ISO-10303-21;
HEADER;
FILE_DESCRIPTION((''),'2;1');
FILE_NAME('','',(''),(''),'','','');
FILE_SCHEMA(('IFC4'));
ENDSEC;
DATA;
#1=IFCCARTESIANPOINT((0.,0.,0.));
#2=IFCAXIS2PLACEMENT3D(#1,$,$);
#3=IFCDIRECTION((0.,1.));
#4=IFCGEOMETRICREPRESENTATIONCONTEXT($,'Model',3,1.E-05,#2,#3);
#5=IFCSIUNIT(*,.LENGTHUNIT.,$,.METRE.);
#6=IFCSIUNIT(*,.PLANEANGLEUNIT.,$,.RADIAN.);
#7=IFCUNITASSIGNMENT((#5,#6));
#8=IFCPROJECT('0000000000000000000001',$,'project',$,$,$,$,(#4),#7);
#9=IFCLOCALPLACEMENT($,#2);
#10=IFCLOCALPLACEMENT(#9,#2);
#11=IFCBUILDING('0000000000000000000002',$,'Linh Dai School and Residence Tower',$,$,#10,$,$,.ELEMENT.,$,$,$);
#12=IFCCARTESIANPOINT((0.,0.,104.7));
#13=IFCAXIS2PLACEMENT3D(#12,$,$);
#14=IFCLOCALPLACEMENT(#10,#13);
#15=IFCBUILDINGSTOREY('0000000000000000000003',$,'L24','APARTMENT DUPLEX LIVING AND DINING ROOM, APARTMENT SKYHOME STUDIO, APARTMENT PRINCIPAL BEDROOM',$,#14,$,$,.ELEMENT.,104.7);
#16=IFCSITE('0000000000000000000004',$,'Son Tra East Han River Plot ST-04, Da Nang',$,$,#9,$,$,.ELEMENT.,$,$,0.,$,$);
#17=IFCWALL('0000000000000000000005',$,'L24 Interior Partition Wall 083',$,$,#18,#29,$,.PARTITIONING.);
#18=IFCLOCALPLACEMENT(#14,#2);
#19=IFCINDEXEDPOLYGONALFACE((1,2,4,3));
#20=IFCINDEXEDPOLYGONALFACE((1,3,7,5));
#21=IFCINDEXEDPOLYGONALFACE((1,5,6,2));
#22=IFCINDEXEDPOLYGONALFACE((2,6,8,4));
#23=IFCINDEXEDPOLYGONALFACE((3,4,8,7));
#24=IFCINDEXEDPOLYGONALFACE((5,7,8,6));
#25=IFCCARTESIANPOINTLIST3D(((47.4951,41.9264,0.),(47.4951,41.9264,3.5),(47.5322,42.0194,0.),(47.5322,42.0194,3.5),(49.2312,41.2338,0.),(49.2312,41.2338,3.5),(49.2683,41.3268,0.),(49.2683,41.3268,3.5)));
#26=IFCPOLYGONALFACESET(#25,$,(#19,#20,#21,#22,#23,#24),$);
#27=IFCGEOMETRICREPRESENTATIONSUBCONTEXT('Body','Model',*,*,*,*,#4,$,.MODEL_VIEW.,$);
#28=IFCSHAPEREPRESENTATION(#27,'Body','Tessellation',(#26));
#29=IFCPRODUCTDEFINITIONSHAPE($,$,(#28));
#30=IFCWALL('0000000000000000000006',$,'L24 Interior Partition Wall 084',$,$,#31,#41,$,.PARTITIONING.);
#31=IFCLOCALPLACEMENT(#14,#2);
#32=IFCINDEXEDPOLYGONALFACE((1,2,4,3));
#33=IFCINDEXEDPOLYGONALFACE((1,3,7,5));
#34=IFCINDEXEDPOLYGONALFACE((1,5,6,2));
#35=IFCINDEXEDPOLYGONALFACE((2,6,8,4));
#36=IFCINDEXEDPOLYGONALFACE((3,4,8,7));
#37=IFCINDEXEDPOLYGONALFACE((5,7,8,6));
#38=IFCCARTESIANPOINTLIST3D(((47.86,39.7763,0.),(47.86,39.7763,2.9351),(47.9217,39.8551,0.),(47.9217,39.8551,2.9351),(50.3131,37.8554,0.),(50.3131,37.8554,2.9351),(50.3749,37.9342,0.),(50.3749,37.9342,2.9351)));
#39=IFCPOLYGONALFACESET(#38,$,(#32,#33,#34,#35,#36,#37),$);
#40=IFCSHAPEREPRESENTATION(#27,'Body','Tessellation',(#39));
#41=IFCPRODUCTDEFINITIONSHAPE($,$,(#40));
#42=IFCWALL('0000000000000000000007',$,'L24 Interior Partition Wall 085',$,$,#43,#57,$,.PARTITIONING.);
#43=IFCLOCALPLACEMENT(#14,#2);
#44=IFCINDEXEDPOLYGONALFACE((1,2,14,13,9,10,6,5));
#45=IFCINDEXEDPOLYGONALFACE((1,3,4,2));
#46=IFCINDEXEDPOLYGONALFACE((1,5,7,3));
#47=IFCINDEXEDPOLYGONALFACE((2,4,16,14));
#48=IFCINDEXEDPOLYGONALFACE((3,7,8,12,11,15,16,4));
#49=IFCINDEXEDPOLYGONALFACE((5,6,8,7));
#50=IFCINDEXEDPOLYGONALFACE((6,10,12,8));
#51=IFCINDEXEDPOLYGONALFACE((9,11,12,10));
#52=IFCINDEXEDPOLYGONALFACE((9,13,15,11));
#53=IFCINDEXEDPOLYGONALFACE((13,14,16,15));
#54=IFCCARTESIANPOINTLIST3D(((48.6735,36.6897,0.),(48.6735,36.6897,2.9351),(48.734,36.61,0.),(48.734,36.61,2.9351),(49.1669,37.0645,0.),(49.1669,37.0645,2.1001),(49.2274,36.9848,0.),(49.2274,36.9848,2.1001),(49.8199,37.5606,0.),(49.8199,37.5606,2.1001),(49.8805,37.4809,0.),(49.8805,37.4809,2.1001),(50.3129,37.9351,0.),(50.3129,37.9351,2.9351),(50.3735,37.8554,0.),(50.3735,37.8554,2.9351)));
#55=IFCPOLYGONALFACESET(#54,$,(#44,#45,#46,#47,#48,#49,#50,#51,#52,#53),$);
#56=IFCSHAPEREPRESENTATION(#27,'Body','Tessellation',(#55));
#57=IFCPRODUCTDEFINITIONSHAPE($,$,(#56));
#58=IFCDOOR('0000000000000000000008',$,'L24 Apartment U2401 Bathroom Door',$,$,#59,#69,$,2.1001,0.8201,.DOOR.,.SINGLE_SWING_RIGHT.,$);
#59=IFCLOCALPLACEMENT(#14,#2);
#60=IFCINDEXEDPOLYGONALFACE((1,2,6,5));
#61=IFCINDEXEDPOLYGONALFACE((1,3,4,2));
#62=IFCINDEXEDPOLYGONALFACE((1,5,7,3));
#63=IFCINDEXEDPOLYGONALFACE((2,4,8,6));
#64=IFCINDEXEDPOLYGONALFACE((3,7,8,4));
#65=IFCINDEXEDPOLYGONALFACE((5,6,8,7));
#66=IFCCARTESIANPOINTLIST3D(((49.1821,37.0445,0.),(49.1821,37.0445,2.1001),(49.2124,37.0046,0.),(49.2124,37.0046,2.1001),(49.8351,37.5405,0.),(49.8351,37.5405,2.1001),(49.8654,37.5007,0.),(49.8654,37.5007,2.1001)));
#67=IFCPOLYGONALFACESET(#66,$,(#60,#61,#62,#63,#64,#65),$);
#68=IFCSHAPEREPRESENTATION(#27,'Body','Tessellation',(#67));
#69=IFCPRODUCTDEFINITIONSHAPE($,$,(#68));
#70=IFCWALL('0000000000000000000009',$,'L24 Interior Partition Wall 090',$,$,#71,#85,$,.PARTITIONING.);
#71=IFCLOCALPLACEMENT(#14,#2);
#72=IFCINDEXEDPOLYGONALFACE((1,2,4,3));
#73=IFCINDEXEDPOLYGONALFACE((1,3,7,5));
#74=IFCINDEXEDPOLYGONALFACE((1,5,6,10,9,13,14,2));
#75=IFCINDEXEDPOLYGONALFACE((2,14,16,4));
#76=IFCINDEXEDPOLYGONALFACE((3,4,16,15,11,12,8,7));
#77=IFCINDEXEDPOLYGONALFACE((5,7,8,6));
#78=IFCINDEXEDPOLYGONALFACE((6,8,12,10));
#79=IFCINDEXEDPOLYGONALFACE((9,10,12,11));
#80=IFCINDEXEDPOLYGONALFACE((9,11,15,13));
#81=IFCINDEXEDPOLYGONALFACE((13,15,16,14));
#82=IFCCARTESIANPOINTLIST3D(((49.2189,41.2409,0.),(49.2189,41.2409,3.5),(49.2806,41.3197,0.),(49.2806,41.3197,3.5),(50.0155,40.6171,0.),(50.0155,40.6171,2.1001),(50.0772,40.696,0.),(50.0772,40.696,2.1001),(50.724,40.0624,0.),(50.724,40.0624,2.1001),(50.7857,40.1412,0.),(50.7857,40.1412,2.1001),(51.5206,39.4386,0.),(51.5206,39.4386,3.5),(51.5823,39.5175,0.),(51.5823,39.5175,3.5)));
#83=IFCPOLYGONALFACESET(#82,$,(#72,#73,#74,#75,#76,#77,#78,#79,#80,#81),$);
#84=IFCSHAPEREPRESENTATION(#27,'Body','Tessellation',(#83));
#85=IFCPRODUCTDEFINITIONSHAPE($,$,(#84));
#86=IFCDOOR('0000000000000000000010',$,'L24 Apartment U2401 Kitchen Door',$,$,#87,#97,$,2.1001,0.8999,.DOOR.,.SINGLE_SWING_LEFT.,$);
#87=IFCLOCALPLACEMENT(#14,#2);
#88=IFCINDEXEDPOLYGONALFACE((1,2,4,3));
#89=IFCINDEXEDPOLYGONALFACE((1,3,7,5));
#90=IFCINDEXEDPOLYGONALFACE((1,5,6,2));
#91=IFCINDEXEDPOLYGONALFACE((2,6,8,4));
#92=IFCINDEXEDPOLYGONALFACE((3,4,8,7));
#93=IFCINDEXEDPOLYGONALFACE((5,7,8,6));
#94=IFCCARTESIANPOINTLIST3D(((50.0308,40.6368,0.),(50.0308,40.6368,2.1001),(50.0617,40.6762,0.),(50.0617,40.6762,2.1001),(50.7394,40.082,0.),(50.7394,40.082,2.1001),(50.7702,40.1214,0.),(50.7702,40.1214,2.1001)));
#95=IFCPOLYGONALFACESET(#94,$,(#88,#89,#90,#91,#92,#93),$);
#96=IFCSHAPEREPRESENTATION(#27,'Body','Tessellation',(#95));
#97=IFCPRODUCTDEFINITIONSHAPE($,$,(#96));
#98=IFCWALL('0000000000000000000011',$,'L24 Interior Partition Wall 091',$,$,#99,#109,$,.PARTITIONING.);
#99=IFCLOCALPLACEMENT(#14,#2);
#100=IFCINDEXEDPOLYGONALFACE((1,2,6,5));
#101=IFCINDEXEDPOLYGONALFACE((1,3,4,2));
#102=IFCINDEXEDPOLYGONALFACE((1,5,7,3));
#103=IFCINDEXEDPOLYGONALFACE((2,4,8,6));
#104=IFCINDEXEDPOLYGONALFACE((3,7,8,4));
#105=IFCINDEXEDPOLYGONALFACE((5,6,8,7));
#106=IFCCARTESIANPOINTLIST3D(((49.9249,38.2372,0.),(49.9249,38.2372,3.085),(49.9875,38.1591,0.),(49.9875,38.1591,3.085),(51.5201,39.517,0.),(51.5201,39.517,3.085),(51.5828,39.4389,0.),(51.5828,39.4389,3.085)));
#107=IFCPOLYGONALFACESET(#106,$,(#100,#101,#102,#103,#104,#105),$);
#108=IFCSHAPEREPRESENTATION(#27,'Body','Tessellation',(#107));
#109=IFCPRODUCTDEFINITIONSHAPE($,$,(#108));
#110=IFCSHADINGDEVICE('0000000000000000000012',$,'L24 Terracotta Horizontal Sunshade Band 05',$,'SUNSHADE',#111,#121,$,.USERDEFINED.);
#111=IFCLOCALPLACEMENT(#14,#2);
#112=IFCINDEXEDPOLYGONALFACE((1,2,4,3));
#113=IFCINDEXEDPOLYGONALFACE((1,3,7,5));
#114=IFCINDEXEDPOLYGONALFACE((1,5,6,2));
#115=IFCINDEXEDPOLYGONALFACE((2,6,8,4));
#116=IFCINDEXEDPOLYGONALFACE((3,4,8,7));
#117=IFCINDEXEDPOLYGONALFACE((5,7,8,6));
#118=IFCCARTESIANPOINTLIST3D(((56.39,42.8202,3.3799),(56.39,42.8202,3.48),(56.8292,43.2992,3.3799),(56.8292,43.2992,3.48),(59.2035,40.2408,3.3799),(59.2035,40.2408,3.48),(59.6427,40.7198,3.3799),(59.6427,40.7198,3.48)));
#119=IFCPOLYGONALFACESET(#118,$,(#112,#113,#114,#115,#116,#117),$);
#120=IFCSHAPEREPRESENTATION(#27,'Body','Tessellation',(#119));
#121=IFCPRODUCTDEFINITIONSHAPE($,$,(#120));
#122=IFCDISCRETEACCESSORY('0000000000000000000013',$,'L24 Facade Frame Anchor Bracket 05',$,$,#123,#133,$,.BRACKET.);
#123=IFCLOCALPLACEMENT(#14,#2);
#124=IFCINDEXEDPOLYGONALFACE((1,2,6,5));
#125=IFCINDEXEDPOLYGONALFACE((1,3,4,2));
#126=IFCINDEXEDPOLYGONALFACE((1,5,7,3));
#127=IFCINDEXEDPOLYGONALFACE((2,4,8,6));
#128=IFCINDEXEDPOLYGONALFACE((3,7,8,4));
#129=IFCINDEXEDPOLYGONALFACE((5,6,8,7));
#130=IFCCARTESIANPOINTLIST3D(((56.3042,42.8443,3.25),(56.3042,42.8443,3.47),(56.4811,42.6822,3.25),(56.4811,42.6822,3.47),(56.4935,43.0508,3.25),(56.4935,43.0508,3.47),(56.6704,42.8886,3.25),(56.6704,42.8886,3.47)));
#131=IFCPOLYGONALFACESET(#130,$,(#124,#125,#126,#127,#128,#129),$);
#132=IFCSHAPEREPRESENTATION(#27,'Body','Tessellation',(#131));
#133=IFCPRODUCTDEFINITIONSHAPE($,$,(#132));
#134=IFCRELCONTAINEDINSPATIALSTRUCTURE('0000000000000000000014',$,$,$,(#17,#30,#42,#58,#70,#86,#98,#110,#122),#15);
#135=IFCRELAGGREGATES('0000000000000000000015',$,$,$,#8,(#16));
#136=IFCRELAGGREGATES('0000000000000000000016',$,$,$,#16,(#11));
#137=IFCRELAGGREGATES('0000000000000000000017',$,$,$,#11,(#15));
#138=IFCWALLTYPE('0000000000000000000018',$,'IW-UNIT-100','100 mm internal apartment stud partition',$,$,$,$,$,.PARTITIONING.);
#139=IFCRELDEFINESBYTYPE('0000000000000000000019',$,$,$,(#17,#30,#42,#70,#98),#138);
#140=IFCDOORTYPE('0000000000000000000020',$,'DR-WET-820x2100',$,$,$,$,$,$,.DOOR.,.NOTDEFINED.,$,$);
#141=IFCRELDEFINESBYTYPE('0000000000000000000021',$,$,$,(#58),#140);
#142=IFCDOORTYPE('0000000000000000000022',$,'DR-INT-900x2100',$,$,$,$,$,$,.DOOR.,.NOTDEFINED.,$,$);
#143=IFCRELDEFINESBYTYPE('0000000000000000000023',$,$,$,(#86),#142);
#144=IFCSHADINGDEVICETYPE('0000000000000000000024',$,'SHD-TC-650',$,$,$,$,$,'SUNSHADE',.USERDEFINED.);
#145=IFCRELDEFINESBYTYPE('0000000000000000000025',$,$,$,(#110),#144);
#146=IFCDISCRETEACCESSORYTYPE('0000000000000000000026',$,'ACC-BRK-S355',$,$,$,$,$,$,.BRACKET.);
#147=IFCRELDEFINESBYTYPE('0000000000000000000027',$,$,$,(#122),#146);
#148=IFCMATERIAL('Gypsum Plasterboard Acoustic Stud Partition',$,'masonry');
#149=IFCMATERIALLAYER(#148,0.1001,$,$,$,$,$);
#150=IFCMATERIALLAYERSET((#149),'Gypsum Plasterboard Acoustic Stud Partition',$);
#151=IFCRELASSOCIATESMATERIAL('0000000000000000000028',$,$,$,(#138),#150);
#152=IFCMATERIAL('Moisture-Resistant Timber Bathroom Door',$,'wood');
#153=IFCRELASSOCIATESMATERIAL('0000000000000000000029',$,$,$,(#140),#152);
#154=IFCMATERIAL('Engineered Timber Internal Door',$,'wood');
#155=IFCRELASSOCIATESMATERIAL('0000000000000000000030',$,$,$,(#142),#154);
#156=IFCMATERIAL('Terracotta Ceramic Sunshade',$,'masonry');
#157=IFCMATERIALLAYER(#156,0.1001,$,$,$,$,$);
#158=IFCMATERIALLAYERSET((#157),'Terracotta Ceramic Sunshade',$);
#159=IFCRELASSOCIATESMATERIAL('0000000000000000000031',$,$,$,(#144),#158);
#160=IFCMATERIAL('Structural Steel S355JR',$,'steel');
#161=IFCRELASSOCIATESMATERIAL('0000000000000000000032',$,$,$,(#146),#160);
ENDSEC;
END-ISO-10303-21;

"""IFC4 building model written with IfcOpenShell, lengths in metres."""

from ifc_helpers import new_model, si_unit, direction, frame, frame_2d, origin, origin_2d, place, context, subcontext, project, spatial, rectangle, extrude, source, transform, mapped, material, layer, layer_set, type_object, element, fill, save


model = new_model("IFC4")

# Units and contexts
model_context = context("Model", 3, precision=1e-05, world=origin(), true_north=direction((0.0, 1.0)))
body_context = subcontext(model_context, "Body", "Model", "MODEL_VIEW")
ifc_project = project(units=[si_unit("LENGTHUNIT", "METRE"), si_unit("PLANEANGLEUNIT", "RADIAN")], contexts=[model_context])

# Site, building, storey
site_placement = place(None, origin())
site = spatial("IfcSite", under=ifc_project, at=site_placement, Name="Son Tra East Han River Plot ST-04, Da Nang", CompositionType="ELEMENT", RefElevation=0.0)
building_placement = place(site_placement, origin())
building = spatial("IfcBuilding", under=site, at=building_placement, Name="Linh Dai School and Residence Tower", CompositionType="ELEMENT")
storey_placement = place(building_placement, frame((0.0, 0.0, 104.7)))
storey = spatial("IfcBuildingStorey", under=building, at=storey_placement, Name="L24", Description="APARTMENT DUPLEX LIVING AND DINING ROOM, APARTMENT SKYHOME STUDIO, APARTMENT PRINCIPAL BEDROOM", CompositionType="ELEMENT", Elevation=104.7)

# Shared definitions
ifc_material_1 = material(Name="Structural Steel S355JR", Category="steel")

# Walls
ifc_material_2 = material(Name="Gypsum Plasterboard Acoustic Stud Partition", Category="masonry")
ifc_layer_1 = layer(ifc_material_2, 0.1001)
ifc_layer_set_1 = layer_set([ifc_layer_1], Name="Gypsum Plasterboard Acoustic Stud Partition")
wall_type_1 = type_object("IfcWallType", Name="IW-UNIT-100", Description="100 mm internal apartment stud partition", PredefinedType="PARTITIONING", material=ifc_layer_set_1)
wall_1_placement = place(storey_placement, frame((47.5137, 41.9729, 0.0), z_axis=(0.0, 0.0, 1.0), x_axis=(0.92881, -0.370557, 0.0)))
element("IfcWall", 1, at=wall_1_placement, inside=storey, type_object=wall_type_1, Name="L24 Interior Partition Wall 083", PredefinedType="PARTITIONING", context=body_context, shape_type="SweptSolid", body=[
    extrude(rectangle(XDim=1.8691, YDim=0.1001, at=frame_2d((0.9346, 0.0))), origin(), (0.0, 0.0, 1.0), 3.5),
])
wall_2_placement = place(storey_placement, frame((47.8909, 39.8157, 0.0), z_axis=(0.0, 0.0, 1.0), x_axis=(0.78734, -0.61652, 0.0)))
element("IfcWall", 2, at=wall_2_placement, inside=storey, type_object=wall_type_1, Name="L24 Interior Partition Wall 084", PredefinedType="PARTITIONING", context=body_context, shape_type="SweptSolid", body=[
    extrude(rectangle(XDim=3.1157, YDim=0.1001, at=frame_2d((1.5579, 0.0))), origin(), (0.0, 0.0, 1.0), 2.9351),
])

# Walls, openings, doors
wall_3_placement = place(storey_placement, frame((48.7039, 36.6499, 0.0), z_axis=(0.0, 0.0, 1.0), x_axis=(0.796299, 0.604903, 0.0)))
wall_3 = element("IfcWall", 3, at=wall_3_placement, inside=storey, type_object=wall_type_1, Name="L24 Interior Partition Wall 085", PredefinedType="PARTITIONING", context=body_context, shape_type="SweptSolid", body=[
    extrude(rectangle(XDim=2.0588, YDim=0.1001, at=frame_2d((1.0293, 0.0))), origin(), (0.0, 0.0, 1.0), 2.9351),
])
opening_1_placement = place(wall_3_placement, frame((0.6194, 0.0, 0.0)))
opening_1 = element("IfcOpeningElement", 4, at=opening_1_placement, cuts=wall_3, PredefinedType="OPENING", context=body_context, shape_type="SweptSolid", body=[
    extrude(rectangle(XDim=0.8201, YDim=2.1001, at=origin_2d()), frame((0.4102, 0.0601, 1.05), z_axis=(0.0, -1.0, 0.0), x_axis=(1.0, 0.0, 0.0)), (0.0, 0.0, 1.0), 0.1201),
])
ifc_material_3 = material(Name="Moisture-Resistant Timber Bathroom Door", Category="wood")
door_type_1 = type_object("IfcDoorType", Name="DR-WET-820x2100", OperationType="NOTDEFINED", PredefinedType="DOOR", material=ifc_material_3)
shared_shape_1 = source(origin(), body_context, "Body", "SweptSolid", [
    extrude(rectangle(XDim=0.8201, YDim=2.1001, at=origin_2d()), frame((0.4102, 0.0249, 1.05), z_axis=(0.0, -1.0, 0.0), x_axis=(1.0, 0.0, 0.0)), (0.0, 0.0, 1.0), 0.05),
])
door_1_placement = place(opening_1_placement, origin())
door_1 = element("IfcDoor", 5, at=door_1_placement, inside=storey, type_object=door_type_1, Name="L24 Apartment U2401 Bathroom Door", OperationType="SINGLE_SWING_RIGHT", OverallHeight=2.1001, OverallWidth=0.8201, PredefinedType="DOOR", context=body_context, shape_type="MappedRepresentation", body=[
    mapped(shared_shape_1, transform((0.0, 0.0, 0.0), x_axis=(1.0, 0.0, 0.0), y_axis=(0.0, 1.0, 0.0), z_axis=(0.0, 0.0, 1.0), scale=1.0)),
])
fill(opening_1, door_1)
wall_4_placement = place(storey_placement, frame((49.2498, 41.2803, 0.0), z_axis=(0.0, 0.0, 1.0), x_axis=(0.78736, -0.616493, 0.0)))
wall_4 = element("IfcWall", 6, at=wall_4_placement, inside=storey, type_object=wall_type_1, Name="L24 Interior Partition Wall 090", PredefinedType="PARTITIONING", context=body_context, shape_type="SweptSolid", body=[
    extrude(rectangle(XDim=2.9233, YDim=0.1001, at=frame_2d((1.4617, 0.0))), origin(), (0.0, 0.0, 1.0), 3.5),
])
opening_2_placement = place(wall_4_placement, frame((1.0117, 0.0, 0.0)))
opening_2 = element("IfcOpeningElement", 7, at=opening_2_placement, cuts=wall_4, PredefinedType="OPENING", context=body_context, shape_type="SweptSolid", body=[
    extrude(rectangle(XDim=0.8999, YDim=2.1001, at=origin_2d()), frame((0.45, 0.0601, 1.05), z_axis=(0.0, -1.0, 0.0), x_axis=(1.0, 0.0, 0.0)), (0.0, 0.0, 1.0), 0.1201),
])
ifc_material_4 = material(Name="Engineered Timber Internal Door", Category="wood")
door_type_2 = type_object("IfcDoorType", Name="DR-INT-900x2100", OperationType="NOTDEFINED", PredefinedType="DOOR", material=ifc_material_4)
shared_shape_2 = source(origin(), body_context, "Body", "SweptSolid", [
    extrude(rectangle(XDim=0.8999, YDim=2.1001, at=origin_2d()), frame((0.45, 0.0249, 1.05), z_axis=(0.0, -1.0, 0.0), x_axis=(1.0, 0.0, 0.0)), (0.0, 0.0, 1.0), 0.05),
])
door_2_placement = place(opening_2_placement, origin())
door_2 = element("IfcDoor", 8, at=door_2_placement, inside=storey, type_object=door_type_2, Name="L24 Apartment U2401 Kitchen Door", OperationType="SINGLE_SWING_LEFT", OverallHeight=2.1001, OverallWidth=0.8999, PredefinedType="DOOR", context=body_context, shape_type="MappedRepresentation", body=[
    mapped(shared_shape_2, transform((0.0, 0.0, 0.0), x_axis=(1.0, 0.0, 0.0), y_axis=(0.0, 1.0, 0.0), z_axis=(0.0, 0.0, 1.0), scale=1.0)),
])
fill(opening_2, door_2)

# Wall
wall_5_placement = place(storey_placement, frame((49.9563, 38.1982, 0.0), z_axis=(0.0, 0.0, 1.0), x_axis=(0.780006, 0.625772, 0.0)))
element("IfcWall", 9, at=wall_5_placement, inside=storey, type_object=wall_type_1, Name="L24 Interior Partition Wall 091", PredefinedType="PARTITIONING", context=body_context, shape_type="SweptSolid", body=[
    extrude(rectangle(XDim=2.0452, YDim=0.1001, at=frame_2d((1.0225, 0.0))), origin(), (0.0, 0.0, 1.0), 3.085),
])

# Shading device
ifc_material_5 = material(Name="Terracotta Ceramic Sunshade", Category="masonry")
ifc_layer_2 = layer(ifc_material_5, 0.1001)
ifc_layer_set_2 = layer_set([ifc_layer_2], Name="Terracotta Ceramic Sunshade")
shading_device_type = type_object("IfcShadingDeviceType", Name="SHD-TC-650", ElementType="SUNSHADE", PredefinedType="USERDEFINED", material=ifc_layer_set_2)
shared_shape_3 = source(origin(), body_context, "Body", "SweptSolid", [
    extrude(rectangle(XDim=3.8169, YDim=0.6499, at=origin_2d()), origin(), (0.0, 0.0, 1.0), 0.1001),
])
shading_device_placement = place(storey_placement, frame((58.0164, 41.77, 3.3799), z_axis=(0.0, 0.0, 1.0), x_axis=(0.7371, -0.675783, 0.0)))
element("IfcShadingDevice", 10, at=shading_device_placement, inside=storey, type_object=shading_device_type, Name="L24 Terracotta Horizontal Sunshade Band 05", ObjectType="SUNSHADE", PredefinedType="USERDEFINED", context=body_context, shape_type="MappedRepresentation", body=[
    mapped(shared_shape_3, transform((0.0, 0.0, 0.0), x_axis=(1.0, 0.0, 0.0), y_axis=(0.0, 1.0, 0.0), z_axis=(0.0, 0.0, 1.0), scale=1.0)),
])

# Discrete accessory
discrete_accessory_type = type_object("IfcDiscreteAccessoryType", Name="ACC-BRK-S355", PredefinedType="BRACKET", material=ifc_material_1)
shared_shape_4 = source(origin(), body_context, "Body", "SweptSolid", [
    extrude(rectangle(XDim=0.28, YDim=0.24, at=origin_2d()), origin(), (0.0, 0.0, 1.0), 0.22),
])
discrete_accessory_placement = place(storey_placement, frame((56.4873, 42.8665, 3.25), z_axis=(0.0, 0.0, 1.0), x_axis=(0.675783, 0.7371, 0.0)))
element("IfcDiscreteAccessory", 11, at=discrete_accessory_placement, inside=storey, type_object=discrete_accessory_type, Name="L24 Facade Frame Anchor Bracket 05", PredefinedType="BRACKET", context=body_context, shape_type="MappedRepresentation", body=[
    mapped(shared_shape_4, transform((0.0, 0.0, 0.0), x_axis=(1.0, 0.0, 0.0), y_axis=(0.0, 1.0, 0.0), z_axis=(0.0, 0.0, 1.0), scale=1.0)),
])

save(model, "model.ifc")
